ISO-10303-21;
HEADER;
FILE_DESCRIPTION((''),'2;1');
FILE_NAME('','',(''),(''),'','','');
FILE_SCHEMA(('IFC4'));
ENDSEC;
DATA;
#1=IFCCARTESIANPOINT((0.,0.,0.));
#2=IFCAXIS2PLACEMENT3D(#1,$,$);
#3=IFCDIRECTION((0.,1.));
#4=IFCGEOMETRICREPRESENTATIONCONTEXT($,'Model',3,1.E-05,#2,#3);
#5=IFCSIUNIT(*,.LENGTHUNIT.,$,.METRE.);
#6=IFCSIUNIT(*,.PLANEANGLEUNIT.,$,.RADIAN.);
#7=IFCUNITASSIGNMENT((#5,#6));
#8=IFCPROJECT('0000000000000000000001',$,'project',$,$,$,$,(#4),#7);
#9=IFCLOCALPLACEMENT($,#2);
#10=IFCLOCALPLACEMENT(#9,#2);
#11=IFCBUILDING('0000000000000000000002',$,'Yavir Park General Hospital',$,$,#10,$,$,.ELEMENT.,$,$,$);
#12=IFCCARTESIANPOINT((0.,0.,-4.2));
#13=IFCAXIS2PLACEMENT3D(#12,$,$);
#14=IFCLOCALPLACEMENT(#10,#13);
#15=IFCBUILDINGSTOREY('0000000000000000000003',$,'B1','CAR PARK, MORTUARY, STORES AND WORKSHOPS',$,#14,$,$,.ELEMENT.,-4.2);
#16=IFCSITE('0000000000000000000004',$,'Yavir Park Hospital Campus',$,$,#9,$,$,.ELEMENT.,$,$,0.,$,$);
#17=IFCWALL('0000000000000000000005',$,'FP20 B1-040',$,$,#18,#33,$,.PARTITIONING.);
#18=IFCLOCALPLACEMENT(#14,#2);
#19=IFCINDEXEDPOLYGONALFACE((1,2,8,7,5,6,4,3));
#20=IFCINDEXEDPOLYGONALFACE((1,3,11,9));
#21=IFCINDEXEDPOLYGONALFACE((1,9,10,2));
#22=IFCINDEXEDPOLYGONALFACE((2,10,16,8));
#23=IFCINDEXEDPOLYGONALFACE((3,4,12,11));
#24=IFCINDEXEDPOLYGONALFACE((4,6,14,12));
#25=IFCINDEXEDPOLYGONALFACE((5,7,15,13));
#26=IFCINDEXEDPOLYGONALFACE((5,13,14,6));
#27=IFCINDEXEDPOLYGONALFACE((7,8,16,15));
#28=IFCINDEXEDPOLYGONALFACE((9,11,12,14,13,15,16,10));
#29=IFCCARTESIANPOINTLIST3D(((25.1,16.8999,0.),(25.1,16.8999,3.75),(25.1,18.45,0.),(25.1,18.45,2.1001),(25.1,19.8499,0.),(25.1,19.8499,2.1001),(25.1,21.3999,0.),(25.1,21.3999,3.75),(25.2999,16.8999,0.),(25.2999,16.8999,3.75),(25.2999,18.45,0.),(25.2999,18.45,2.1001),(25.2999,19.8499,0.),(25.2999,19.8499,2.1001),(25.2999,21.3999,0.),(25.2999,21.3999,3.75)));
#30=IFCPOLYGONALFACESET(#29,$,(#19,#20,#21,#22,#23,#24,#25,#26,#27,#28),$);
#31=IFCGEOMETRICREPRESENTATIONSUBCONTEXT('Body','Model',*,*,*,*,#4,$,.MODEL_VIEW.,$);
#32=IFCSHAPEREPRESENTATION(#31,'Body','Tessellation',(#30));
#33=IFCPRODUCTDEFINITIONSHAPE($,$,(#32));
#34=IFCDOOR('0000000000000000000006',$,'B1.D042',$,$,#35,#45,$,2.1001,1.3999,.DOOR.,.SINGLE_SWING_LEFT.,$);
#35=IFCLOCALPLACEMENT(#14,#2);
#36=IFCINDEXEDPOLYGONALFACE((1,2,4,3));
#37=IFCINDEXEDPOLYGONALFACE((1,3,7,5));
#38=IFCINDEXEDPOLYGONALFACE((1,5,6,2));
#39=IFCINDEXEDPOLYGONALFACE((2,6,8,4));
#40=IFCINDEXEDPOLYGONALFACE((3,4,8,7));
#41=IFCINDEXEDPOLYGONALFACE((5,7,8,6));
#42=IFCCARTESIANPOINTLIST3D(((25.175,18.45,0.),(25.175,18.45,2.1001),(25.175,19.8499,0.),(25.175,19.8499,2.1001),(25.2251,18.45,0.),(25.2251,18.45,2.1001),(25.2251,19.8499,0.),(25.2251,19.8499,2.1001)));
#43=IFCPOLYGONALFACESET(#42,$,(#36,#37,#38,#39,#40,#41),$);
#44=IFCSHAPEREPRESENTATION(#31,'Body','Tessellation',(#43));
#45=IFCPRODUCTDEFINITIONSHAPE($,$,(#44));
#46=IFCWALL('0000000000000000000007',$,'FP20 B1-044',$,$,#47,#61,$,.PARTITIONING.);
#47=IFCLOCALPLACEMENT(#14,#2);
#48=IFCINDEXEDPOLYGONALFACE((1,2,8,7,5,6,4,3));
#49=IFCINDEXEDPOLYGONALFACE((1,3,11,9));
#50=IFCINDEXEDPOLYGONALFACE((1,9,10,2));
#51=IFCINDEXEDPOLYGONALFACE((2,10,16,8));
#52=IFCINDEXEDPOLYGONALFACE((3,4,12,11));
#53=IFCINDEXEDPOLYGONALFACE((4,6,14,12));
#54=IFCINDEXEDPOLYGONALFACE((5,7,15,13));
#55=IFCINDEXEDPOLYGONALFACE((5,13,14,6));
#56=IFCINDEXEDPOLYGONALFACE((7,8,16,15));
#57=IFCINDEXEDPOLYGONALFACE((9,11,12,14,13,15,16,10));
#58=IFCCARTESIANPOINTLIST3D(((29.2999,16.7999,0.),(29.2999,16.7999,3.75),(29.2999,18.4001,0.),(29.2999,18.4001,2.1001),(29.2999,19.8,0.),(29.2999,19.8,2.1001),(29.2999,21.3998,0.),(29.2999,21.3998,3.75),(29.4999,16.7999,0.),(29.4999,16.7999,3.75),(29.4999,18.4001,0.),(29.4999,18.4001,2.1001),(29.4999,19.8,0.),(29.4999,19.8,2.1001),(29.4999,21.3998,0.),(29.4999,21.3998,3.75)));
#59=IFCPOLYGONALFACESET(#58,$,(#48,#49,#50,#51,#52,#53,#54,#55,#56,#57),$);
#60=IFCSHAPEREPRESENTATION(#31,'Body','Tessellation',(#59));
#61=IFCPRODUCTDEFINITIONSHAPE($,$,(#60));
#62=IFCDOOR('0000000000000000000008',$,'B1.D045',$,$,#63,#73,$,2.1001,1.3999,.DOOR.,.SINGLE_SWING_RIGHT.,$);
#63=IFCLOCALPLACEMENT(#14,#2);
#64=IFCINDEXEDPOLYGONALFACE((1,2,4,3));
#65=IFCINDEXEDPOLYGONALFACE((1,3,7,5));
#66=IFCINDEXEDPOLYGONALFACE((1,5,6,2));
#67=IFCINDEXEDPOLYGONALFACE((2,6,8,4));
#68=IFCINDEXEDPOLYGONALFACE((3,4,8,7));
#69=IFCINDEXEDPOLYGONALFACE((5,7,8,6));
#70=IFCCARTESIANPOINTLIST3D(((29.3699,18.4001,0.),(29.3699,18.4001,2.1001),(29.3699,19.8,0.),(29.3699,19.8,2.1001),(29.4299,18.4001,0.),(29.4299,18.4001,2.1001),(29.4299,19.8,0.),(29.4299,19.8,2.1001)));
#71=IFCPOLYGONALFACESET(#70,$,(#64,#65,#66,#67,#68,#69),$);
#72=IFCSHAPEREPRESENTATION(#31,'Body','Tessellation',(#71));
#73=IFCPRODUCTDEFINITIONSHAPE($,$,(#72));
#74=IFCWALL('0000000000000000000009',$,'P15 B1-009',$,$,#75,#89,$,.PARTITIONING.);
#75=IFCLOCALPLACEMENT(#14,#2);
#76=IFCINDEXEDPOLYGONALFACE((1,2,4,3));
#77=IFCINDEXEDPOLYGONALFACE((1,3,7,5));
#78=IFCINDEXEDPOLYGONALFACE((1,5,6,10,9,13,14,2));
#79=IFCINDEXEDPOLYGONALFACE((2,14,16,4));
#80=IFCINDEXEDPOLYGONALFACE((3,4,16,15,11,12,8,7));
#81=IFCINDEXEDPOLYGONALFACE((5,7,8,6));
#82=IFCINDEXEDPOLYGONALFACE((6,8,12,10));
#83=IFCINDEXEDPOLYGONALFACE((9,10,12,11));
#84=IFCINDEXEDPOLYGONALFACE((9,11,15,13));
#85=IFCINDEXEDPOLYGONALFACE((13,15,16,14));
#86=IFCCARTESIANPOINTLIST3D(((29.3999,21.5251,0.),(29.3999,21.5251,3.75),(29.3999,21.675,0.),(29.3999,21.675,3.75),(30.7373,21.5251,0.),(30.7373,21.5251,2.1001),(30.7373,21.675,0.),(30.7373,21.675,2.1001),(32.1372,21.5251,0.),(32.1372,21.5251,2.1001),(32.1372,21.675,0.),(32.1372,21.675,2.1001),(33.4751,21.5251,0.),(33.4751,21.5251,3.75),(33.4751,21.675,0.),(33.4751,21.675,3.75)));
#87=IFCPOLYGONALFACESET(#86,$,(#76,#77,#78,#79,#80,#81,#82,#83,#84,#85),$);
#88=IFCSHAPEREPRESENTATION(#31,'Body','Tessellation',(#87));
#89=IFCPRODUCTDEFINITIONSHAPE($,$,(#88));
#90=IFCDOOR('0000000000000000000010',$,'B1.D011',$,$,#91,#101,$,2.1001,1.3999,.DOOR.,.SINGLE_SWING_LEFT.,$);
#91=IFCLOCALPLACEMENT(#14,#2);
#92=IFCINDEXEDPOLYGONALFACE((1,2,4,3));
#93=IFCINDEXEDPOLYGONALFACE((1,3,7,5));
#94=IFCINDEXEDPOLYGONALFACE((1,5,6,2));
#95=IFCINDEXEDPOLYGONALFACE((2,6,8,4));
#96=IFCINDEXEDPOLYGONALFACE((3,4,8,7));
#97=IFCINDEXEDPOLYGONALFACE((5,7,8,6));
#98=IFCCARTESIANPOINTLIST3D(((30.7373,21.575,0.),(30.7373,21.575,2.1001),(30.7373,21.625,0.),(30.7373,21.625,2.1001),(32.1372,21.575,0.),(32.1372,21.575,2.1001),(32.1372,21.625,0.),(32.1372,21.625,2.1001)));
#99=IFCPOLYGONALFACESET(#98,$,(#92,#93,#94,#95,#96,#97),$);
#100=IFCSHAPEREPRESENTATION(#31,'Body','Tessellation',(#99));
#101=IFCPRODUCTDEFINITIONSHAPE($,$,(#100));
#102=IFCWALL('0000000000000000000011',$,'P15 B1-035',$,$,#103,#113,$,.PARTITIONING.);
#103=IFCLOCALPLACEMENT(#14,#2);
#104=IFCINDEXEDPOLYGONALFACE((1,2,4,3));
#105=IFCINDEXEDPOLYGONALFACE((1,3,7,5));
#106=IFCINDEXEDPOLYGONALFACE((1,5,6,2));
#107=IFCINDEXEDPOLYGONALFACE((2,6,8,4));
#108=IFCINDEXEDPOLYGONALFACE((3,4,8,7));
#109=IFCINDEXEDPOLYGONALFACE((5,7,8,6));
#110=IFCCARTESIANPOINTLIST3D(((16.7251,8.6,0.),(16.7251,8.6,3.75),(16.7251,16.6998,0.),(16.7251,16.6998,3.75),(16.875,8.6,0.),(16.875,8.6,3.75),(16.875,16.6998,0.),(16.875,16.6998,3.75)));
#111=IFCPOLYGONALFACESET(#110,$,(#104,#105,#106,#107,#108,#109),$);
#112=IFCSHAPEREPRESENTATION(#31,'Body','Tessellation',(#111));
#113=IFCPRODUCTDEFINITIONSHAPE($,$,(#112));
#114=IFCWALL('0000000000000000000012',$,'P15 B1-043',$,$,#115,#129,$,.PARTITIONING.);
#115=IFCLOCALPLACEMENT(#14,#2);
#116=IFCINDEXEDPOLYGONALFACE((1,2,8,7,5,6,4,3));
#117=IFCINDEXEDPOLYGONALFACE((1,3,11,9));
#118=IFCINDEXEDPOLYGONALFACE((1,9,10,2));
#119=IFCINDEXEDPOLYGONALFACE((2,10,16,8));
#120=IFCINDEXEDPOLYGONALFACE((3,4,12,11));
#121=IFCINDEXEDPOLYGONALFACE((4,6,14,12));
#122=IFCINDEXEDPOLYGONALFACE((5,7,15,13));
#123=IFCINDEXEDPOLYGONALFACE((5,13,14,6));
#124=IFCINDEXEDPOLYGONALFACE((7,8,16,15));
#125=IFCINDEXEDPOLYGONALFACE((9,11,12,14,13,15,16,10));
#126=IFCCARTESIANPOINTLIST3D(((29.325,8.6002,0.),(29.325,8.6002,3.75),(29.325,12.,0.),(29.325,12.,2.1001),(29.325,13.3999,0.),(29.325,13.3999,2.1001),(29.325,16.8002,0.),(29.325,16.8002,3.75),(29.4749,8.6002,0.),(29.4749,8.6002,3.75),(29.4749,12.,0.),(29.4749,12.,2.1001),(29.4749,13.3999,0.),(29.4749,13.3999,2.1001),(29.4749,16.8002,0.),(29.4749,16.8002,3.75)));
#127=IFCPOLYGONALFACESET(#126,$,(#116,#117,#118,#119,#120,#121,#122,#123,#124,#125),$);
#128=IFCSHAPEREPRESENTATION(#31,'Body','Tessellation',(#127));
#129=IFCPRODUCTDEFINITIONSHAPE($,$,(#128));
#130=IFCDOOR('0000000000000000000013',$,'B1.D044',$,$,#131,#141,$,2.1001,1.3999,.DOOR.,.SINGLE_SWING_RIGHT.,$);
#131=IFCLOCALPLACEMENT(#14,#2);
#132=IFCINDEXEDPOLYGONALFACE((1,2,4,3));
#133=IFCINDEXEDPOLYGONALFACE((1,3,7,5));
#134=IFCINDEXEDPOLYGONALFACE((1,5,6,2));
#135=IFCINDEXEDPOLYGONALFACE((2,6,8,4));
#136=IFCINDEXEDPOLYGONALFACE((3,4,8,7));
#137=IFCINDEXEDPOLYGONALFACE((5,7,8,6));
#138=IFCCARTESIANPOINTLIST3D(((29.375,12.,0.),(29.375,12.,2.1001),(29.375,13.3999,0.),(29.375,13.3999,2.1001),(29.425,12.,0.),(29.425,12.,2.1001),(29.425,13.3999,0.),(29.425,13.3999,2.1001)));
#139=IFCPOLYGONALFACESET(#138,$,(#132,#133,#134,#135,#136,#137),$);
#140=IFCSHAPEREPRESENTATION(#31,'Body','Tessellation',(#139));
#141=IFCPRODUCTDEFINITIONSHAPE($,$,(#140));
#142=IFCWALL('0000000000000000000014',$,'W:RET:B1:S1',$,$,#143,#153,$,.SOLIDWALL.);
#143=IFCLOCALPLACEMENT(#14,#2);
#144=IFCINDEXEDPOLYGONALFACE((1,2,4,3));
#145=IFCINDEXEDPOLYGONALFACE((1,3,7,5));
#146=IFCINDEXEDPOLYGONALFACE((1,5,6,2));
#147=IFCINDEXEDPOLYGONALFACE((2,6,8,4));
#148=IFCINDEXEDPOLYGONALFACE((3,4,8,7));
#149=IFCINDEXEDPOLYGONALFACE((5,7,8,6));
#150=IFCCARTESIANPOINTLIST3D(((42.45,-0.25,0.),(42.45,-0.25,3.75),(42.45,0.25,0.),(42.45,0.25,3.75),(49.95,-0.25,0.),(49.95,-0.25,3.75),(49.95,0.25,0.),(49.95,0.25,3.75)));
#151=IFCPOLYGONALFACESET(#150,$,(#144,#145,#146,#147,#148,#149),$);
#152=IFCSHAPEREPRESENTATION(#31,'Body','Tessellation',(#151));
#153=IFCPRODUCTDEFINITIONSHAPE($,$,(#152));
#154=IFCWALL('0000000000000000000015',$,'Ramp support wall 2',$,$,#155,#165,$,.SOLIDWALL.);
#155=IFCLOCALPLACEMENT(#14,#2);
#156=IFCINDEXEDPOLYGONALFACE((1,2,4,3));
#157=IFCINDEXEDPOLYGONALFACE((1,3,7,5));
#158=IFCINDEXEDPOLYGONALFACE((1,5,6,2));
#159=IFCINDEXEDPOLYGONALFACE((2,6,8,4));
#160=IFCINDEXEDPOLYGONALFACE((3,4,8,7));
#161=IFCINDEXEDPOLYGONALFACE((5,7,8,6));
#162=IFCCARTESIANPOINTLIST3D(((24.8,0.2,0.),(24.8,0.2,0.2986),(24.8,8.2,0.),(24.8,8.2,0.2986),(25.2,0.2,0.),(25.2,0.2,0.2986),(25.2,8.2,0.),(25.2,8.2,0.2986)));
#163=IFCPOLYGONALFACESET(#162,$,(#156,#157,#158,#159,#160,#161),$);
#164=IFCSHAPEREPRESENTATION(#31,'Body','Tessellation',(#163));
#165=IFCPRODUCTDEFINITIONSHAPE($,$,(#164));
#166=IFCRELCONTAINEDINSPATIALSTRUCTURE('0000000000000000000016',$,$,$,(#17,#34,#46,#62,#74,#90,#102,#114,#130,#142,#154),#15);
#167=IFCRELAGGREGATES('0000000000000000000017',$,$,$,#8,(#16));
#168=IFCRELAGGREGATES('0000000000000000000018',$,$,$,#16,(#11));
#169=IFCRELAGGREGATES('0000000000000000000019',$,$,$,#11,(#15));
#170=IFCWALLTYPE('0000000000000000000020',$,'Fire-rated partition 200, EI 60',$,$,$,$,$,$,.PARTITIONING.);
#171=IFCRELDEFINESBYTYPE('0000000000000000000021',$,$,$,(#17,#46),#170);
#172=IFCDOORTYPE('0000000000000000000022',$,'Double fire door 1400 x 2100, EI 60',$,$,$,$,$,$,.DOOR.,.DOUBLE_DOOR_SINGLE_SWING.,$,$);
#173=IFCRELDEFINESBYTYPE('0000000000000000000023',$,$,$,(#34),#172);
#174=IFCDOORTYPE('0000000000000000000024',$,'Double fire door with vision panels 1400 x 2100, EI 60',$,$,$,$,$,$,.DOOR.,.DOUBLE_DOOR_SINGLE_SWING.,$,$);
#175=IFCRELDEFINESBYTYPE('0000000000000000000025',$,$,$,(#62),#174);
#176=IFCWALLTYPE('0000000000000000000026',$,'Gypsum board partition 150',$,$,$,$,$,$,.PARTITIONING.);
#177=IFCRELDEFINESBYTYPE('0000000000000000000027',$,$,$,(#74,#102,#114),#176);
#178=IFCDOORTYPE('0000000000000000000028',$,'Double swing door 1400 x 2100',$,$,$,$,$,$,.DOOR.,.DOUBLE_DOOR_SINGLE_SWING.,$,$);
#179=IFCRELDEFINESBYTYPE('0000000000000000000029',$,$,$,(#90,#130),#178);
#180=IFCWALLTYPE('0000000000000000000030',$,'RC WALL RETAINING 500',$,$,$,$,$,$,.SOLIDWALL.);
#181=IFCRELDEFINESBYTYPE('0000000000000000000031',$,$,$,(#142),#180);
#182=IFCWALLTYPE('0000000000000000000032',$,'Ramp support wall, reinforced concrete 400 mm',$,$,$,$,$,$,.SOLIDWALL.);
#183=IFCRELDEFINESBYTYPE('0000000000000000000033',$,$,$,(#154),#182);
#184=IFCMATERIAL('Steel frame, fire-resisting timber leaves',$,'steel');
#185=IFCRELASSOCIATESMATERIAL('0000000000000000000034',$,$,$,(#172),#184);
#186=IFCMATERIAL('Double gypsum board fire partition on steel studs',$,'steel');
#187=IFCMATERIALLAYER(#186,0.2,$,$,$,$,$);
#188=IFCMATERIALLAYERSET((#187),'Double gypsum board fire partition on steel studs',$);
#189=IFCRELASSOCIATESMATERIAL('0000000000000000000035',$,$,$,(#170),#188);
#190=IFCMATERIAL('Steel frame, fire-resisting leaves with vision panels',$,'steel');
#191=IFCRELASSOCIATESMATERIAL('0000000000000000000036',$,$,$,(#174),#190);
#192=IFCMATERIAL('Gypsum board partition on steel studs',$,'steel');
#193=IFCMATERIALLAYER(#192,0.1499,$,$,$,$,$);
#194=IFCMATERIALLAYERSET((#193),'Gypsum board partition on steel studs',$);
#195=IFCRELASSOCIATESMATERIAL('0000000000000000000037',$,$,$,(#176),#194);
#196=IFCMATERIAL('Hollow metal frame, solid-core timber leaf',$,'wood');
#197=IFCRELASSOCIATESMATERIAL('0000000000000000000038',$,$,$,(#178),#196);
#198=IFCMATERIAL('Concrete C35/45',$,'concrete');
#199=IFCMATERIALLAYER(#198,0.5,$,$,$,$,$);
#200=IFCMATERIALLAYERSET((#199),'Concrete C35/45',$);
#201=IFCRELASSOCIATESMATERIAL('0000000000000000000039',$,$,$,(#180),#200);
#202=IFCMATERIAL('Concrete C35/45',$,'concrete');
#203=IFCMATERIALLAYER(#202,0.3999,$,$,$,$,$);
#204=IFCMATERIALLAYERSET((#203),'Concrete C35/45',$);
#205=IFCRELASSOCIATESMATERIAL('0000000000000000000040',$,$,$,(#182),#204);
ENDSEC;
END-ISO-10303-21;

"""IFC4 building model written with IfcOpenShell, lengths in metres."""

from ifc_helpers import new_model, si_unit, direction, frame, frame_2d, origin, place, context, subcontext, project, spatial, rectangle, extrude, material, layer, layer_set, type_object, element, fill, save


model = new_model("IFC4")

# Units and contexts
model_context = context("Model", 3, precision=1e-05, world=origin(), true_north=direction((0.0, 1.0)))
body_context = subcontext(model_context, "Body", "Model", "MODEL_VIEW")
ifc_project = project(units=[si_unit("LENGTHUNIT", "METRE"), si_unit("PLANEANGLEUNIT", "RADIAN")], contexts=[model_context])

# Site, building, storey
site_placement = place(None, origin())
site = spatial("IfcSite", under=ifc_project, at=site_placement, Name="Yavir Park Hospital Campus", CompositionType="ELEMENT", RefElevation=0.0)
building_placement = place(site_placement, origin())
building = spatial("IfcBuilding", under=site, at=building_placement, Name="Yavir Park General Hospital", CompositionType="ELEMENT")
storey_placement = place(building_placement, frame((0.0, 0.0, -4.2)))
storey = spatial("IfcBuildingStorey", under=building, at=storey_placement, Name="B1", Description="CAR PARK, MORTUARY, STORES AND WORKSHOPS", CompositionType="ELEMENT", Elevation=-4.2)

# Shared definitions
ifc_material_1 = material(Name="Steel frame, fire-resisting timber leaves", Category="steel")
door_type_1 = type_object("IfcDoorType", Name="Double fire door 1400 x 2100, EI 60", OperationType="DOUBLE_DOOR_SINGLE_SWING", PredefinedType="DOOR", material=ifc_material_1)

# Walls, openings, doors
ifc_material_2 = material(Name="Double gypsum board fire partition on steel studs", Category="steel")
ifc_layer_1 = layer(ifc_material_2, 0.2)
ifc_layer_set_1 = layer_set([ifc_layer_1], Name="Double gypsum board fire partition on steel studs")
wall_type_1 = type_object("IfcWallType", Name="Fire-rated partition 200, EI 60", PredefinedType="PARTITIONING", material=ifc_layer_set_1)
ifc_material_3 = material(Name="Steel frame, fire-resisting leaves with vision panels", Category="steel")
door_type_2 = type_object("IfcDoorType", Name="Double fire door with vision panels 1400 x 2100, EI 60", OperationType="DOUBLE_DOOR_SINGLE_SWING", PredefinedType="DOOR", material=ifc_material_3)
wall_1_placement = place(storey_placement, frame((25.2, 16.8999, 0.0), z_axis=(0.0, 0.0, 1.0), x_axis=(0.0, 1.0, 0.0)))
wall_1 = element("IfcWall", 1, at=wall_1_placement, inside=storey, type_object=wall_type_1, Name="FP20 B1-040", PredefinedType="PARTITIONING", context=body_context, shape_type="SweptSolid", body=[
    extrude(rectangle(XDim=4.5, YDim=0.2, at=frame_2d((2.25, 0.0))), origin(), (0.0, 0.0, 1.0), 3.75),
])
opening_1_placement = place(wall_1_placement, frame((1.55, 0.0, 0.0)))
opening_1 = element("IfcOpeningElement", 2, at=opening_1_placement, cuts=wall_1, PredefinedType="OPENING", context=body_context, shape_type="SweptSolid", body=[
    extrude(rectangle(XDim=1.3999, YDim=2.1001, at=frame_2d((0.7, 1.05))), frame((0.0, 0.1099, 0.0), z_axis=(0.0, -1.0, 0.0), x_axis=(1.0, 0.0, 0.0)), (0.0, 0.0, 1.0), 0.22),
])
door_1_placement = place(opening_1_placement, origin())
door_1 = element("IfcDoor", 3, at=door_1_placement, inside=storey, type_object=door_type_1, Name="B1.D042", OperationType="SINGLE_SWING_LEFT", OverallHeight=2.1001, OverallWidth=1.3999, PredefinedType="DOOR", context=body_context, shape_type="SweptSolid", body=[
    extrude(rectangle(XDim=1.3999, YDim=2.1001, at=frame_2d((0.7, 1.05))), frame((0.0, 0.0249, 0.0), z_axis=(0.0, -1.0, 0.0), x_axis=(1.0, 0.0, 0.0)), (0.0, 0.0, 1.0), 0.05),
])
fill(opening_1, door_1)
wall_2_placement = place(storey_placement, frame((29.3999, 16.8, 0.0), z_axis=(0.0, 0.0, 1.0), x_axis=(0.0, 1.0, 0.0)))
wall_2 = element("IfcWall", 4, at=wall_2_placement, inside=storey, type_object=wall_type_1, Name="FP20 B1-044", PredefinedType="PARTITIONING", context=body_context, shape_type="SweptSolid", body=[
    extrude(rectangle(XDim=4.5999, YDim=0.2, at=frame_2d((2.2998, 0.0))), origin(), (0.0, 0.0, 1.0), 3.75),
])
opening_2_placement = place(wall_2_placement, frame((1.6001, 0.0, 0.0)))
opening_2 = element("IfcOpeningElement", 5, at=opening_2_placement, cuts=wall_2, PredefinedType="OPENING", context=body_context, shape_type="SweptSolid", body=[
    extrude(rectangle(XDim=1.3999, YDim=2.1001, at=frame_2d((0.7, 1.05))), frame((0.0, 0.1099, 0.0), z_axis=(0.0, -1.0, 0.0), x_axis=(1.0, 0.0, 0.0)), (0.0, 0.0, 1.0), 0.22),
])
door_2_placement = place(opening_2_placement, origin())
door_2 = element("IfcDoor", 6, at=door_2_placement, inside=storey, type_object=door_type_2, Name="B1.D045", OperationType="SINGLE_SWING_RIGHT", OverallHeight=2.1001, OverallWidth=1.3999, PredefinedType="DOOR", context=body_context, shape_type="SweptSolid", body=[
    extrude(rectangle(XDim=1.3999, YDim=2.1001, at=frame_2d((0.7, 1.05))), frame((0.0, 0.03, 0.0), z_axis=(0.0, -1.0, 0.0), x_axis=(1.0, 0.0, 0.0)), (0.0, 0.0, 1.0), 0.0601),
])
fill(opening_2, door_2)
ifc_material_4 = material(Name="Gypsum board partition on steel studs", Category="steel")
ifc_layer_2 = layer(ifc_material_4, 0.1499)
ifc_layer_set_2 = layer_set([ifc_layer_2], Name="Gypsum board partition on steel studs")
wall_type_2 = type_object("IfcWallType", Name="Gypsum board partition 150", PredefinedType="PARTITIONING", material=ifc_layer_set_2)
wall_3_placement = place(storey_placement, frame((29.3999, 21.6001, 0.0), z_axis=(0.0, 0.0, 1.0), x_axis=(1.0, 0.0, 0.0)))
wall_3 = element("IfcWall", 7, at=wall_3_placement, inside=storey, type_object=wall_type_2, Name="P15 B1-009", PredefinedType="PARTITIONING", context=body_context, shape_type="SweptSolid", body=[
    extrude(rectangle(XDim=4.0752, YDim=0.1499, at=frame_2d((2.0376, 0.0))), origin(), (0.0, 0.0, 1.0), 3.75),
])
opening_3_placement = place(wall_3_placement, frame((1.3374, 0.0, 0.0)))
opening_3 = element("IfcOpeningElement", 8, at=opening_3_placement, cuts=wall_3, PredefinedType="OPENING", context=body_context, shape_type="SweptSolid", body=[
    extrude(rectangle(XDim=1.3999, YDim=2.1001, at=frame_2d((0.7, 1.05))), frame((0.0, 0.085, 0.0), z_axis=(0.0, -1.0, 0.0), x_axis=(1.0, 0.0, 0.0)), (0.0, 0.0, 1.0), 0.1699),
])
ifc_material_5 = material(Name="Hollow metal frame, solid-core timber leaf", Category="wood")
door_type_3 = type_object("IfcDoorType", Name="Double swing door 1400 x 2100", OperationType="DOUBLE_DOOR_SINGLE_SWING", PredefinedType="DOOR", material=ifc_material_5)
door_3_placement = place(opening_3_placement, origin())
door_3 = element("IfcDoor", 9, at=door_3_placement, inside=storey, type_object=door_type_3, Name="B1.D011", OperationType="SINGLE_SWING_LEFT", OverallHeight=2.1001, OverallWidth=1.3999, PredefinedType="DOOR", context=body_context, shape_type="SweptSolid", body=[
    extrude(rectangle(XDim=1.3999, YDim=2.1001, at=frame_2d((0.7, 1.05))), frame((0.0, 0.0249, 0.0), z_axis=(0.0, -1.0, 0.0), x_axis=(1.0, 0.0, 0.0)), (0.0, 0.0, 1.0), 0.05),
])
fill(opening_3, door_3)

# Wall
wall_4_placement = place(storey_placement, frame((16.8, 8.6001, 0.0), z_axis=(0.0, 0.0, 1.0), x_axis=(0.0, 1.0, 0.0)))
element("IfcWall", 10, at=wall_4_placement, inside=storey, type_object=wall_type_2, Name="P15 B1-035", PredefinedType="PARTITIONING", context=body_context, shape_type="SweptSolid", body=[
    extrude(rectangle(XDim=8.0999, YDim=0.1499, at=frame_2d((4.0498, 0.0))), origin(), (0.0, 0.0, 1.0), 3.75),
])

# Wall, opening, door
wall_5_placement = place(storey_placement, frame((29.3999, 8.6001, 0.0), z_axis=(0.0, 0.0, 1.0), x_axis=(0.0, 1.0, 0.0)))
wall_5 = element("IfcWall", 11, at=wall_5_placement, inside=storey, type_object=wall_type_2, Name="P15 B1-043", PredefinedType="PARTITIONING", context=body_context, shape_type="SweptSolid", body=[
    extrude(rectangle(XDim=8.2, YDim=0.1499, at=frame_2d((4.1001, 0.0))), origin(), (0.0, 0.0, 1.0), 3.75),
])
opening_4_placement = place(wall_5_placement, frame((3.3999, 0.0, 0.0)))
opening_4 = element("IfcOpeningElement", 12, at=opening_4_placement, cuts=wall_5, PredefinedType="OPENING", context=body_context, shape_type="SweptSolid", body=[
    extrude(rectangle(XDim=1.3999, YDim=2.1001, at=frame_2d((0.7, 1.05))), frame((0.0, 0.085, 0.0), z_axis=(0.0, -1.0, 0.0), x_axis=(1.0, 0.0, 0.0)), (0.0, 0.0, 1.0), 0.1699),
])
door_4_placement = place(opening_4_placement, origin())
door_4 = element("IfcDoor", 13, at=door_4_placement, inside=storey, type_object=door_type_3, Name="B1.D044", OperationType="SINGLE_SWING_RIGHT", OverallHeight=2.1001, OverallWidth=1.3999, PredefinedType="DOOR", context=body_context, shape_type="SweptSolid", body=[
    extrude(rectangle(XDim=1.3999, YDim=2.1001, at=frame_2d((0.7, 1.05))), frame((0.0, 0.0249, 0.0), z_axis=(0.0, -1.0, 0.0), x_axis=(1.0, 0.0, 0.0)), (0.0, 0.0, 1.0), 0.05),
])
fill(opening_4, door_4)

# Walls
ifc_material_6 = material(Name="Concrete C35/45", Category="concrete")
ifc_layer_3 = layer(ifc_material_6, 0.5)
ifc_layer_set_3 = layer_set([ifc_layer_3], Name="Concrete C35/45")
wall_type_3 = type_object("IfcWallType", Name="RC WALL RETAINING 500", PredefinedType="SOLIDWALL", material=ifc_layer_set_3)
wall_6_placement = place(storey_placement, frame((42.45, 0.0, 0.0), z_axis=(0.0, 0.0, 1.0), x_axis=(1.0, 0.0, 0.0)))
element("IfcWall", 14, at=wall_6_placement, inside=storey, type_object=wall_type_3, Name="W:RET:B1:S1", PredefinedType="SOLIDWALL", context=body_context, shape_type="SweptSolid", body=[
    extrude(rectangle(XDim=7.5, YDim=0.5, at=frame_2d((3.75, 0.0))), origin(), (0.0, 0.0, 1.0), 3.75),
])
ifc_material_7 = material(Name="Concrete C35/45", Category="concrete")
ifc_layer_4 = layer(ifc_material_7, 0.3999)
ifc_layer_set_4 = layer_set([ifc_layer_4], Name="Concrete C35/45")
wall_type_4 = type_object("IfcWallType", Name="Ramp support wall, reinforced concrete 400 mm", PredefinedType="SOLIDWALL", material=ifc_layer_set_4)
wall_7_placement = place(storey_placement, frame((25.0, 0.2, 0.0), z_axis=(0.0, 0.0, 1.0), x_axis=(0.0, 1.0, 0.0)))
element("IfcWall", 15, at=wall_7_placement, inside=storey, type_object=wall_type_4, Name="Ramp support wall 2", PredefinedType="SOLIDWALL", context=body_context, shape_type="SweptSolid", body=[
    extrude(rectangle(XDim=8.0, YDim=0.3999, at=frame_2d((4.0, 0.0))), origin(), (0.0, 0.0, 1.0), 0.2986),
])

save(model, "model.ifc")
